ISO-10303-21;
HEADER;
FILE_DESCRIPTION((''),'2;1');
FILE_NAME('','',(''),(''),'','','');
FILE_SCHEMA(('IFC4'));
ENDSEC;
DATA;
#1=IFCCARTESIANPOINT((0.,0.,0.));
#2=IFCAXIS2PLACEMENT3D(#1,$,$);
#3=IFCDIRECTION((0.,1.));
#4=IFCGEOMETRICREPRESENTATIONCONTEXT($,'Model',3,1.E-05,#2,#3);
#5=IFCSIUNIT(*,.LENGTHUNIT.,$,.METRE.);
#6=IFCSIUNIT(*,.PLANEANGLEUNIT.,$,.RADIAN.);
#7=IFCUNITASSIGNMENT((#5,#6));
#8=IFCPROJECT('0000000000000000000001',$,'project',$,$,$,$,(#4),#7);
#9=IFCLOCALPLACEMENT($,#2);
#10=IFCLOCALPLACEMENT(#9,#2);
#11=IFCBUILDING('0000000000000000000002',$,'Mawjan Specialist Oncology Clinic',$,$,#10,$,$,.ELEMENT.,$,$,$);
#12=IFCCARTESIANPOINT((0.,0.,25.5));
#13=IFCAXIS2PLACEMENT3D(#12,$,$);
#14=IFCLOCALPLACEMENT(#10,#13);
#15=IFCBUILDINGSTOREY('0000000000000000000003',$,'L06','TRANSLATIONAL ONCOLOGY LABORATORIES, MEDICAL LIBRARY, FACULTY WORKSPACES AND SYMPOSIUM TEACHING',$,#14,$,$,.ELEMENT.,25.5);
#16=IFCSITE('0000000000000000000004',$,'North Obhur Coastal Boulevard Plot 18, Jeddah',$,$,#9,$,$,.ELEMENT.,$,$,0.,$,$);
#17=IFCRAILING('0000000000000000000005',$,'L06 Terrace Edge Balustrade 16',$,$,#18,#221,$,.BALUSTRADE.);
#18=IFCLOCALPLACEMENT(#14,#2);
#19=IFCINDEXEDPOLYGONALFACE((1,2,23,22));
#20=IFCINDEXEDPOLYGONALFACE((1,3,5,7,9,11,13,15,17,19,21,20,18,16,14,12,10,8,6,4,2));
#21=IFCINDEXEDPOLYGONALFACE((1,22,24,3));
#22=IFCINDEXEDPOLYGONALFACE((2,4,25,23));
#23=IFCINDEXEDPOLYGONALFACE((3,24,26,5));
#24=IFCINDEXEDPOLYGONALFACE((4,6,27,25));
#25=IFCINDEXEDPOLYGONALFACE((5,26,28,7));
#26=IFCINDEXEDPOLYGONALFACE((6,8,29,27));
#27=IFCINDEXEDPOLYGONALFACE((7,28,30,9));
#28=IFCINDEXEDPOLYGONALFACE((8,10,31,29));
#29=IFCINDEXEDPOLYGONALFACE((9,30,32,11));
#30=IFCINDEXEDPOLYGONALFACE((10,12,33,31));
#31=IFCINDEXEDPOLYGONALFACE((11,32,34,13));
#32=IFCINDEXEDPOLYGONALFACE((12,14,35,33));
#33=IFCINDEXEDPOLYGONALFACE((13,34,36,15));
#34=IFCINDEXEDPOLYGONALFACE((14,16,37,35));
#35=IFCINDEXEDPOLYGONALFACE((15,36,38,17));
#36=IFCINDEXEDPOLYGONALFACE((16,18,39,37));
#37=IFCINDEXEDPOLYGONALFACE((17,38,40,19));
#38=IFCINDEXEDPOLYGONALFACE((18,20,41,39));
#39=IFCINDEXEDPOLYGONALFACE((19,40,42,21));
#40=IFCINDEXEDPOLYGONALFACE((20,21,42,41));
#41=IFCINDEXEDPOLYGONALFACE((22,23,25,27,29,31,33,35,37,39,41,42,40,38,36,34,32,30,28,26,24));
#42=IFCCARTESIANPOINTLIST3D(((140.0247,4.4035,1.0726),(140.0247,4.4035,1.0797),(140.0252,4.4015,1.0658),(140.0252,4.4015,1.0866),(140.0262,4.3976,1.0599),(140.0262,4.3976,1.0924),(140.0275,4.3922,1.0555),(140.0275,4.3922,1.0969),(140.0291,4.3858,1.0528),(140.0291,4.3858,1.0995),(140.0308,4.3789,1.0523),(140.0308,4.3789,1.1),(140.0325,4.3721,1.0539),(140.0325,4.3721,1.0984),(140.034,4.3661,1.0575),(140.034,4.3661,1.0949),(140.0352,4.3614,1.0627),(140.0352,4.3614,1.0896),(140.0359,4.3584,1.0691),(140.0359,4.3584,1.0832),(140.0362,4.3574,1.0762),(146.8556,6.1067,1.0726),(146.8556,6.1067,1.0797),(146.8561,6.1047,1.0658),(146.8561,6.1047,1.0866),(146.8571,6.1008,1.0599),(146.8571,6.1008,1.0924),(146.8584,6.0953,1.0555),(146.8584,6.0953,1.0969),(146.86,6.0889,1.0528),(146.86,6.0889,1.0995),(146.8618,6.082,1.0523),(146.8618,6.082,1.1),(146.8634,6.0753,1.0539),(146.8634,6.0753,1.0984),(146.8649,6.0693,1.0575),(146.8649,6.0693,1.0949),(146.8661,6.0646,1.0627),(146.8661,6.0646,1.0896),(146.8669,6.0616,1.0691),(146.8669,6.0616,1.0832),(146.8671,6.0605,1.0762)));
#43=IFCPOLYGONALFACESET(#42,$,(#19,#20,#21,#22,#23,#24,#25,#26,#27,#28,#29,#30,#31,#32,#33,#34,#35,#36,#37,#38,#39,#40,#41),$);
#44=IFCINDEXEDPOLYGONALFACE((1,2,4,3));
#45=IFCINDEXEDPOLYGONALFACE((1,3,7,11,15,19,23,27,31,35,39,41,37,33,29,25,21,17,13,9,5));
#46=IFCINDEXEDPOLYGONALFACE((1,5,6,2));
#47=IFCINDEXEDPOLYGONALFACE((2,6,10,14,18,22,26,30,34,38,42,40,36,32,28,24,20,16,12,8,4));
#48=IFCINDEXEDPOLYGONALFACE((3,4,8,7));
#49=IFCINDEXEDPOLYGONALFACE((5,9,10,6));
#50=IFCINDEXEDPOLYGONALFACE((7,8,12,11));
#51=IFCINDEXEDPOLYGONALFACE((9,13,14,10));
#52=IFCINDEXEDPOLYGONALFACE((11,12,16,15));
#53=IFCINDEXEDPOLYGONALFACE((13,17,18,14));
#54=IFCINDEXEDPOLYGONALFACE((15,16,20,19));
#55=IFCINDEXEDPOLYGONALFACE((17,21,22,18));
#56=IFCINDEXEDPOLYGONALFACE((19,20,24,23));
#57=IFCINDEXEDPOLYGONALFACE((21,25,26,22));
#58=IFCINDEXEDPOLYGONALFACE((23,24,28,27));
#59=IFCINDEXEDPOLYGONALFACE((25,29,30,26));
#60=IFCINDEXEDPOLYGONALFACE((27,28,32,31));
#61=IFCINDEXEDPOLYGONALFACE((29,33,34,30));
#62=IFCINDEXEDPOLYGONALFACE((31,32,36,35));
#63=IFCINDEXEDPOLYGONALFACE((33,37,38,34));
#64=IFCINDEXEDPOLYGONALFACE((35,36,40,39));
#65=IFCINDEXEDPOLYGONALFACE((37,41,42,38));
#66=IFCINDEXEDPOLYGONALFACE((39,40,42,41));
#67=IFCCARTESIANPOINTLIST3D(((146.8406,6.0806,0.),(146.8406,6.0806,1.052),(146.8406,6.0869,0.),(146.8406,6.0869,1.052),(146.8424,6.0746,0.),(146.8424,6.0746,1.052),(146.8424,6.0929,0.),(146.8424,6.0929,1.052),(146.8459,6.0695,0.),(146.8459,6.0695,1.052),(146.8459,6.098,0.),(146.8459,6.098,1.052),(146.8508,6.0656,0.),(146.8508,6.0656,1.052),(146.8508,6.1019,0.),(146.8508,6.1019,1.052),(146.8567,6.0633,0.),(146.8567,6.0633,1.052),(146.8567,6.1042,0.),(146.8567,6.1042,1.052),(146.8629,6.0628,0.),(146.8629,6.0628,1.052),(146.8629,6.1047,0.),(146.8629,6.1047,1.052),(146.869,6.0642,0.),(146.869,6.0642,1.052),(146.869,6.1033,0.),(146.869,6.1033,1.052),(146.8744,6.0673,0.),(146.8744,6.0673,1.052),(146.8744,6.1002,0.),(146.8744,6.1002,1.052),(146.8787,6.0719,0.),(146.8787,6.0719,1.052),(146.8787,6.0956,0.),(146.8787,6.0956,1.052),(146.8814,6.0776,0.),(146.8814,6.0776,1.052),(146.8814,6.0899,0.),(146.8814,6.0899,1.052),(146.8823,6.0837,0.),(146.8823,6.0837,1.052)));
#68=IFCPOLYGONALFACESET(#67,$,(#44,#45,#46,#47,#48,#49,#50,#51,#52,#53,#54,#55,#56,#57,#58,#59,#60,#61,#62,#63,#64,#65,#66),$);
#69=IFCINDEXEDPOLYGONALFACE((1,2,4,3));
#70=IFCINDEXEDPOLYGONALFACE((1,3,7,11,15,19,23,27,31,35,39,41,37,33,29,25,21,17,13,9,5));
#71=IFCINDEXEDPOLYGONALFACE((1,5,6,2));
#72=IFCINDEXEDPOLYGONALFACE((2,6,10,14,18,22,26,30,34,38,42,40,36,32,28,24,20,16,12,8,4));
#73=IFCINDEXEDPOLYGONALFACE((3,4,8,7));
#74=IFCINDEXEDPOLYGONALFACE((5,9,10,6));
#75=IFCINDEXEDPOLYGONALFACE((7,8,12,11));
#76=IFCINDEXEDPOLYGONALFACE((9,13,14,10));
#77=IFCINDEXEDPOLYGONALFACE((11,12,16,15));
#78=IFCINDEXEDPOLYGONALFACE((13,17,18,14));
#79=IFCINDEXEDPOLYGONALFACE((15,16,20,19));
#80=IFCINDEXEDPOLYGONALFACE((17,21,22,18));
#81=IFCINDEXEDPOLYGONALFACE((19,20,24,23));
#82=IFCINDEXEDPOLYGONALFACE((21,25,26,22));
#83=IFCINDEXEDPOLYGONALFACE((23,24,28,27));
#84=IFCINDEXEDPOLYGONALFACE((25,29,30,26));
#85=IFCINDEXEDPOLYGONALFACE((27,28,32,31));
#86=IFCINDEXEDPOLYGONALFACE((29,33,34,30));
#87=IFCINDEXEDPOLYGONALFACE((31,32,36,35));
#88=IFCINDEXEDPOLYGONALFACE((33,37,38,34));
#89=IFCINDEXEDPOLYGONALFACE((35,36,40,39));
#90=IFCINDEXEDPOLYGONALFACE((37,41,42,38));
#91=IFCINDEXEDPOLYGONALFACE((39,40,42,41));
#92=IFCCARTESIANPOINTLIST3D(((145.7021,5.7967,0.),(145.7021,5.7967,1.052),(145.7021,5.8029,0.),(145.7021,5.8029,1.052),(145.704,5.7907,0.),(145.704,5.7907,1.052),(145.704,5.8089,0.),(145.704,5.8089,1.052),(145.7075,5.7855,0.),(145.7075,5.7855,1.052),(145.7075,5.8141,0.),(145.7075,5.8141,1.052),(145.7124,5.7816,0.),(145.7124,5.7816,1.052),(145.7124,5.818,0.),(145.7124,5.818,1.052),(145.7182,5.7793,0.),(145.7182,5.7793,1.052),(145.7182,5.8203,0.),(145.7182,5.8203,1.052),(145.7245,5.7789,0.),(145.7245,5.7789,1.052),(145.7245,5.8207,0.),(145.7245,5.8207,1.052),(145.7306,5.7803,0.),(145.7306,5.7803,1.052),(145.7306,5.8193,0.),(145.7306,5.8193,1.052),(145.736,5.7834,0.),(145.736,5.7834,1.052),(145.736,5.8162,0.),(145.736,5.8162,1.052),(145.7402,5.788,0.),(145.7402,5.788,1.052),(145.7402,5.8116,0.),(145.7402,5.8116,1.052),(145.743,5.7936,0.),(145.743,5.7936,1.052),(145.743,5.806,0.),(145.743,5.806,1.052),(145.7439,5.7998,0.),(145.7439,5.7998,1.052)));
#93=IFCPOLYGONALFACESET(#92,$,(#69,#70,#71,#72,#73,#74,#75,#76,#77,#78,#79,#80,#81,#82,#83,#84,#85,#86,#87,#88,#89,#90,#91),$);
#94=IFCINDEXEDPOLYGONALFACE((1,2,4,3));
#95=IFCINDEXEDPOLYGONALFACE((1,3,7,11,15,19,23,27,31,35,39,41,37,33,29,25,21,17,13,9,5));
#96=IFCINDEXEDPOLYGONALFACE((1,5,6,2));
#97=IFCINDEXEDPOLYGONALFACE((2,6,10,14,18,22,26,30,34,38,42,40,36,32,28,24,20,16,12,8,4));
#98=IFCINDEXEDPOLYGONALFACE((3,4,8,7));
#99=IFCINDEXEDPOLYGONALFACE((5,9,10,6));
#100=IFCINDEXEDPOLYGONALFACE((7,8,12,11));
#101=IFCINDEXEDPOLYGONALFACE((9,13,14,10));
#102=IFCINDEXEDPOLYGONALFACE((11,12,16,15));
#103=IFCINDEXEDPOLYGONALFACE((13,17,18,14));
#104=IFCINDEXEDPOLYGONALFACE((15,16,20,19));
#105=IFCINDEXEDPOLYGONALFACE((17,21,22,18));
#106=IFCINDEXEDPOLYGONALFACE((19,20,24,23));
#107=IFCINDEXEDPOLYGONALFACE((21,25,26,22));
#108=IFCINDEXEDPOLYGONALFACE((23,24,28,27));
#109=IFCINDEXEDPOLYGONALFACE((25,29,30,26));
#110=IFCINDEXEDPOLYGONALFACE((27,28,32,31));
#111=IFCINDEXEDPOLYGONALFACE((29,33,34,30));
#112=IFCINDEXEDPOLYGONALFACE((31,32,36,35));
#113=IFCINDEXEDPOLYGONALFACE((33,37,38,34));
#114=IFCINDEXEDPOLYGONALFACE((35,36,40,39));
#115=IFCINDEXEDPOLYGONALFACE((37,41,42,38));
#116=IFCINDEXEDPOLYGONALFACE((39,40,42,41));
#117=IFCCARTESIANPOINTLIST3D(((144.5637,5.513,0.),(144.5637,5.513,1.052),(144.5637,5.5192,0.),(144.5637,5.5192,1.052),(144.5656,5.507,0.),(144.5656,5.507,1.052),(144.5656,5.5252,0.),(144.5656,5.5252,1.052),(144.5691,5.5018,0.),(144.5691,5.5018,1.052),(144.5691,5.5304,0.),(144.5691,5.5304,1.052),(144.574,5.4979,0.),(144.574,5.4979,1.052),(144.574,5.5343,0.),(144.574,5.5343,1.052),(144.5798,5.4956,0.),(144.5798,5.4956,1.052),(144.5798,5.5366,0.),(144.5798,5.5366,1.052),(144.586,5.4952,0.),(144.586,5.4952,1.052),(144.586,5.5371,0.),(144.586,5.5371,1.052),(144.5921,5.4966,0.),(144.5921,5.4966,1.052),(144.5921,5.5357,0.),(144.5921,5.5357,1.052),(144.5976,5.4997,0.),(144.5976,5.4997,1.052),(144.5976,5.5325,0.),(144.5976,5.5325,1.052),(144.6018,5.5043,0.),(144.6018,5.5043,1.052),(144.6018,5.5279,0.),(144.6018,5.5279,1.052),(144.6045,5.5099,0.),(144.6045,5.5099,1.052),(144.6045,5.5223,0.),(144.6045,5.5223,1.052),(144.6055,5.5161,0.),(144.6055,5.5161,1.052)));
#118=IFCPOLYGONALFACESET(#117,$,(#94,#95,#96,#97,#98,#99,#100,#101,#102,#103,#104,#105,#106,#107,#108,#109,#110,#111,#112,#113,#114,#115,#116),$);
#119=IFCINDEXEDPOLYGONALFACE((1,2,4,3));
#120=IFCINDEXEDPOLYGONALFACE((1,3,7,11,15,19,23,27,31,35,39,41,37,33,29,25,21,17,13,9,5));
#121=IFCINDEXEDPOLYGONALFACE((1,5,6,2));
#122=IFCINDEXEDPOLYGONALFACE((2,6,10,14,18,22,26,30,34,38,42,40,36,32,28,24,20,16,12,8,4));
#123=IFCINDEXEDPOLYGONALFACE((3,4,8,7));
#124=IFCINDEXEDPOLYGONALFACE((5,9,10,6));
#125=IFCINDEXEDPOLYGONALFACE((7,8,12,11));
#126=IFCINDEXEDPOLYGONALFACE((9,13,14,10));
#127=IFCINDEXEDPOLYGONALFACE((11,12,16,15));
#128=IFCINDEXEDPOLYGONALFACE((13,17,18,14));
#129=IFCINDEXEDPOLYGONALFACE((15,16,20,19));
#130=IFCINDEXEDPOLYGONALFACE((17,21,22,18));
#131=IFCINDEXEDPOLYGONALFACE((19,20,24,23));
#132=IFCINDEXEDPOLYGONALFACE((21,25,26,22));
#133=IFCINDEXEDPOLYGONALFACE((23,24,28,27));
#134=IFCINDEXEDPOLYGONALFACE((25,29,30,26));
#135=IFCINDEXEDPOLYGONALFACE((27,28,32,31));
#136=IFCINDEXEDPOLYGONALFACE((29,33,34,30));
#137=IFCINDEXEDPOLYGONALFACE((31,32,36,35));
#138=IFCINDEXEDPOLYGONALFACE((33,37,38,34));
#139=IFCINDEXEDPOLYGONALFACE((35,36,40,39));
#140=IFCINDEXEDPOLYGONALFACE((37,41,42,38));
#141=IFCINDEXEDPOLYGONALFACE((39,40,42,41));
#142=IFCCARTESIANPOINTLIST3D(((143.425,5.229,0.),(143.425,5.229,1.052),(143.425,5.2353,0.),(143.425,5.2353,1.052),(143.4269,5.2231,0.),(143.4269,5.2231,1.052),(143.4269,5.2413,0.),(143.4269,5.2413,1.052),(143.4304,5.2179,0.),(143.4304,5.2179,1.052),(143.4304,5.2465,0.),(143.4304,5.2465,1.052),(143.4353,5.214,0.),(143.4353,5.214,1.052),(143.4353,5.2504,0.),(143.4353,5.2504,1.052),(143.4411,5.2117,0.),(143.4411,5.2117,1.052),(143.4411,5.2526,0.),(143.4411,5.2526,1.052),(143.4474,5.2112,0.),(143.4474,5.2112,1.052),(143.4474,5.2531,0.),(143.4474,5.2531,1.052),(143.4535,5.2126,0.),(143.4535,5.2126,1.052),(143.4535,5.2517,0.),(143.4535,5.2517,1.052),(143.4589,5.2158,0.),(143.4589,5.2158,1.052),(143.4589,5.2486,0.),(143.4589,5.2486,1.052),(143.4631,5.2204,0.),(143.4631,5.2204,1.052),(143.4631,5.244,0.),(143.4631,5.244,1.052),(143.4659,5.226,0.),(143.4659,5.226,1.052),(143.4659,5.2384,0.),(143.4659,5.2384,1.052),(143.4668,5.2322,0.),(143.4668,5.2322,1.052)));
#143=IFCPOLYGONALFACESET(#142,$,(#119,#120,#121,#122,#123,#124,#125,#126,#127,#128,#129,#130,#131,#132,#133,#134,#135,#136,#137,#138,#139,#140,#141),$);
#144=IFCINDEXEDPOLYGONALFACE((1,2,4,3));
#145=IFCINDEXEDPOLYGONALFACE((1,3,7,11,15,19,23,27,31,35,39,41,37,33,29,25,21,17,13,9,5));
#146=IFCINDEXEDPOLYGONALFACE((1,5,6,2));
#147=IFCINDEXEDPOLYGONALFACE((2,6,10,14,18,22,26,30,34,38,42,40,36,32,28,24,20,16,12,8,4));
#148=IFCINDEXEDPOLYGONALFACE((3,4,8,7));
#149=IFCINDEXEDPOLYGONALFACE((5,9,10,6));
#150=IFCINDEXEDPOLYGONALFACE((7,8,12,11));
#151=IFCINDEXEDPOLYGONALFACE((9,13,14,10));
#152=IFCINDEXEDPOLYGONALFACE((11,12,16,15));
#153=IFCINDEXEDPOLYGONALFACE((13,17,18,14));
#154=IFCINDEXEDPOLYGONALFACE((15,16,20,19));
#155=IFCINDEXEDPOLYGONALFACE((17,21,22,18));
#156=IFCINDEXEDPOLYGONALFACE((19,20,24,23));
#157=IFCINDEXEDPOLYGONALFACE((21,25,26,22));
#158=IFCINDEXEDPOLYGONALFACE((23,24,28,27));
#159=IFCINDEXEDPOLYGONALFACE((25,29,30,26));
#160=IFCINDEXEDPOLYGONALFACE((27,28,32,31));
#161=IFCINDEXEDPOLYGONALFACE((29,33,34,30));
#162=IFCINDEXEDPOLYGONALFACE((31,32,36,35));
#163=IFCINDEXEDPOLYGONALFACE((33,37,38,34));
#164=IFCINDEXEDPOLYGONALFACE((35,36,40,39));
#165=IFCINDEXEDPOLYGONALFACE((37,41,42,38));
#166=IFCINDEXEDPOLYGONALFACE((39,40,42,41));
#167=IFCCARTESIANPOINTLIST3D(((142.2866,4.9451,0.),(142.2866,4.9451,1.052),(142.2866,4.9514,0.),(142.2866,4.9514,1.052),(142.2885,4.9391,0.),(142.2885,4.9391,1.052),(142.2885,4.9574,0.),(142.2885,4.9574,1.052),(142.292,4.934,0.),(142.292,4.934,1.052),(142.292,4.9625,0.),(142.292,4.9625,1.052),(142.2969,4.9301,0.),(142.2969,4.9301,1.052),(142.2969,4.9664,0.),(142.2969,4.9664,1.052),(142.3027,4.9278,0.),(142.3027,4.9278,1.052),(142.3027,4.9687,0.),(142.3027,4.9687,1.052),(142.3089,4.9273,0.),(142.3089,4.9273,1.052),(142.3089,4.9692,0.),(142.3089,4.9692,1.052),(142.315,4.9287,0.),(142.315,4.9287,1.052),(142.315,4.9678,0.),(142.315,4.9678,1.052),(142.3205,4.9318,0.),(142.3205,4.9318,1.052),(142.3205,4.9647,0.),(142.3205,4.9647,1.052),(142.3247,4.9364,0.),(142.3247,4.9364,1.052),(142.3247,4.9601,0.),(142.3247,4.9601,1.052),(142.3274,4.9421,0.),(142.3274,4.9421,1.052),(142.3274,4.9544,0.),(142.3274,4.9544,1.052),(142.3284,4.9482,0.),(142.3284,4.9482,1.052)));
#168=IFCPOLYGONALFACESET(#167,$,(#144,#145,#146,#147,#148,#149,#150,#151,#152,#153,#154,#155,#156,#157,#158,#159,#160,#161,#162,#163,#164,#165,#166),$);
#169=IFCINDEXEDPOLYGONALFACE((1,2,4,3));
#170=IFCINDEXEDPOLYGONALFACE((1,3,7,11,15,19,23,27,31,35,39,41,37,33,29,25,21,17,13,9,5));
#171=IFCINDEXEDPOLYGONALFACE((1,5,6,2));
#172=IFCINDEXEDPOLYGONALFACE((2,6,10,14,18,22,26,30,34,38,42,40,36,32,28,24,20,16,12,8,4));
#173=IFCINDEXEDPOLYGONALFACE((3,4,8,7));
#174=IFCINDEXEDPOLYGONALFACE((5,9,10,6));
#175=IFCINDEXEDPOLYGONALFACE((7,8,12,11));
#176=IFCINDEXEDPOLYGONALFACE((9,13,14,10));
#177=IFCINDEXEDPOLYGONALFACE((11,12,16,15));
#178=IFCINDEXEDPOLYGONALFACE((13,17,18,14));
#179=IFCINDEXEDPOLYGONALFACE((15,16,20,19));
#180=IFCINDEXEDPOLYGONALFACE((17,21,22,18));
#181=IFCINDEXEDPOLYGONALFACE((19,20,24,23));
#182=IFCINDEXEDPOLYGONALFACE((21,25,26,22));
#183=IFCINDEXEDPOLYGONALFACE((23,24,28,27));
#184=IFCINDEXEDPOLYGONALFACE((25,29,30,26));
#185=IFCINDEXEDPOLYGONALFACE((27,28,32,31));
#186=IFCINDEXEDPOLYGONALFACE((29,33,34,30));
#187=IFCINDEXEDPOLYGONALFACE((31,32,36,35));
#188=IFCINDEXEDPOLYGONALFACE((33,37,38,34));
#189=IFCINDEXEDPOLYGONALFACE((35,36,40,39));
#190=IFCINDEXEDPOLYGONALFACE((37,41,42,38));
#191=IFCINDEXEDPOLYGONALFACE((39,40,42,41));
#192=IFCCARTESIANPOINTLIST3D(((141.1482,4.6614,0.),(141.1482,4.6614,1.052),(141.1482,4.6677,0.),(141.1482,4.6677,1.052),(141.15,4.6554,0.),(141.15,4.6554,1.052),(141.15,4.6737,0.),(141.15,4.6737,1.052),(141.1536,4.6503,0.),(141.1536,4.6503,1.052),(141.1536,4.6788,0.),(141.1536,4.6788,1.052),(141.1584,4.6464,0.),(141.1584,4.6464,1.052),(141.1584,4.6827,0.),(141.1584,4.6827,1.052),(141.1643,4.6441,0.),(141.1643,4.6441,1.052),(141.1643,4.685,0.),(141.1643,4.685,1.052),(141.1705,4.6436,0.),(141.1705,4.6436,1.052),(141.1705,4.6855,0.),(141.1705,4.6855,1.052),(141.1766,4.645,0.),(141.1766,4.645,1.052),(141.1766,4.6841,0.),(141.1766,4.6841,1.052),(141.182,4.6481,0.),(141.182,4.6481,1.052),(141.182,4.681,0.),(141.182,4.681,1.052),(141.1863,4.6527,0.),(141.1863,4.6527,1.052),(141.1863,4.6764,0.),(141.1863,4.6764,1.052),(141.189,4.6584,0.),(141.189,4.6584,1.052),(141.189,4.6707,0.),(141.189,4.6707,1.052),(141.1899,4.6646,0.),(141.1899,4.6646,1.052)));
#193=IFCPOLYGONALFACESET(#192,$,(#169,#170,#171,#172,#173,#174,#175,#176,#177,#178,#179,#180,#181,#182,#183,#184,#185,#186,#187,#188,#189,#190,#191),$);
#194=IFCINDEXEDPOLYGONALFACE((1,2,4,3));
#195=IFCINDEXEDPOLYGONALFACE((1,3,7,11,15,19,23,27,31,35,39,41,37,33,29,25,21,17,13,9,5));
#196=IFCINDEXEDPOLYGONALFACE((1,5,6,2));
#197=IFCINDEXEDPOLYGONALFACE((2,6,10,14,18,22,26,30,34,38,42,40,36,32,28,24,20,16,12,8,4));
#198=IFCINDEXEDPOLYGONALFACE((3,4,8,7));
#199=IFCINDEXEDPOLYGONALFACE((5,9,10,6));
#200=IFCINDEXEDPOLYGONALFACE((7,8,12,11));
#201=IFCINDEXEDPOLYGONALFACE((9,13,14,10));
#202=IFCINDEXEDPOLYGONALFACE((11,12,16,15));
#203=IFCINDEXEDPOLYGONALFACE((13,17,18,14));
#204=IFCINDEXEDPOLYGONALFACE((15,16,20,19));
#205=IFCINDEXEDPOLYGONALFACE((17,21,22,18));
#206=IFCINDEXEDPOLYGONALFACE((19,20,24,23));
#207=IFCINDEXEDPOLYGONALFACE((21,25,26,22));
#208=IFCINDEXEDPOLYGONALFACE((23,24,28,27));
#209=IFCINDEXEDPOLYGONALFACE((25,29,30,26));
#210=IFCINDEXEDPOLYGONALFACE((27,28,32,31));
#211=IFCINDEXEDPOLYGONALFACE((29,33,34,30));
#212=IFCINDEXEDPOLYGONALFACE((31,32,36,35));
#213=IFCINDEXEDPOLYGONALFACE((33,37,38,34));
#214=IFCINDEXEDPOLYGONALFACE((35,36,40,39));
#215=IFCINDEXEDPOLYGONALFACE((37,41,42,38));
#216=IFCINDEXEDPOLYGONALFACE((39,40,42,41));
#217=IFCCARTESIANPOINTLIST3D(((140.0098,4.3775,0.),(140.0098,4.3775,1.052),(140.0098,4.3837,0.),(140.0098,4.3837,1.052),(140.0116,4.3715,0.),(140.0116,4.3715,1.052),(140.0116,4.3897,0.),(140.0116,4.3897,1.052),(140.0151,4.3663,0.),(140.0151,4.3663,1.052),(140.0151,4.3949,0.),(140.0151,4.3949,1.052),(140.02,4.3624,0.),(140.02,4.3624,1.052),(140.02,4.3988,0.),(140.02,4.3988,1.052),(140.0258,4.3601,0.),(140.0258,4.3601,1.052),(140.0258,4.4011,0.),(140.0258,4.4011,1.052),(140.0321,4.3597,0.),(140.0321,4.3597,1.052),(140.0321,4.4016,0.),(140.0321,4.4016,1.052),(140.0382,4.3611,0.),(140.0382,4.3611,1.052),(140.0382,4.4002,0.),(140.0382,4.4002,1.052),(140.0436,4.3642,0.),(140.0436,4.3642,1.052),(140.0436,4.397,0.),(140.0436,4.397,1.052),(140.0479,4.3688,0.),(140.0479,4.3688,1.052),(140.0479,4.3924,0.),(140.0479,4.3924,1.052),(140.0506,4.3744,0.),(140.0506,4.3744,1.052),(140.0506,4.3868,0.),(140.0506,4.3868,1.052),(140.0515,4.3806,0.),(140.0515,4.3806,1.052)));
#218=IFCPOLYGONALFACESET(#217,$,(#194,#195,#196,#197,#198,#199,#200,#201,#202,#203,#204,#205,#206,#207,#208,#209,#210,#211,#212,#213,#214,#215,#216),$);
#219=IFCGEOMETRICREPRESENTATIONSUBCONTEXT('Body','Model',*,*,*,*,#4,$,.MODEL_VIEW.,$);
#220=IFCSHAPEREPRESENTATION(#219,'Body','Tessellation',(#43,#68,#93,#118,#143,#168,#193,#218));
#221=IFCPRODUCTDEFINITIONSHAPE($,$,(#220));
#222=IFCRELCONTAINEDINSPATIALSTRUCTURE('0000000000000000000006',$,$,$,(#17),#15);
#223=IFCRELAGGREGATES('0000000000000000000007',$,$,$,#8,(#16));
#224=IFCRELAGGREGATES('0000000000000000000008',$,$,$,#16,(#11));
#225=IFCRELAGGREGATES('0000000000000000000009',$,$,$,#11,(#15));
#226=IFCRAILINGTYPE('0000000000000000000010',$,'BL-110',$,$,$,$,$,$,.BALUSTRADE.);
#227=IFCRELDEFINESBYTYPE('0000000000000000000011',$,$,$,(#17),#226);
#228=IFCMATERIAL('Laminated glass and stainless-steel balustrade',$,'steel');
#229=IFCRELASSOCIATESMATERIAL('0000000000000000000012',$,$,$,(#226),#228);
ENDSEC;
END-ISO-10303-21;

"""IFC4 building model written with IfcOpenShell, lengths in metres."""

from ifc_helpers import new_model, si_unit, direction, frame, origin, origin_2d, place, context, subcontext, project, spatial, circle, extrude, material, type_object, element, save


model = new_model("IFC4")

# Units and contexts
model_context = context("Model", 3, precision=1e-05, world=origin(), true_north=direction((0.0, 1.0)))
body_context = subcontext(model_context, "Body", "Model", "MODEL_VIEW")
ifc_project = project(units=[si_unit("LENGTHUNIT", "METRE"), si_unit("PLANEANGLEUNIT", "RADIAN")], contexts=[model_context])

# Site, building, storey
site_placement = place(None, origin())
site = spatial("IfcSite", under=ifc_project, at=site_placement, Name="North Obhur Coastal Boulevard Plot 18, Jeddah", CompositionType="ELEMENT", RefElevation=0.0)
building_placement = place(site_placement, origin())
building = spatial("IfcBuilding", under=site, at=building_placement, Name="Mawjan Specialist Oncology Clinic", CompositionType="ELEMENT")
storey_placement = place(building_placement, frame((0.0, 0.0, 25.5)))
storey = spatial("IfcBuildingStorey", under=building, at=storey_placement, Name="L06", Description="TRANSLATIONAL ONCOLOGY LABORATORIES, MEDICAL LIBRARY, FACULTY WORKSPACES AND SYMPOSIUM TEACHING", CompositionType="ELEMENT", Elevation=25.5)

# Railing
ifc_material_1 = material(Name="Laminated glass and stainless-steel balustrade", Category="steel")
railing_type = type_object("IfcRailingType", Name="BL-110", PredefinedType="BALUSTRADE", material=ifc_material_1)
railing_1_placement = place(storey_placement, frame((146.8613, 6.0837, 0.0)))
element("IfcRailing", 1, at=railing_1_placement, inside=storey, type_object=railing_type, Name="L06 Terrace Edge Balustrade 16", PredefinedType="BALUSTRADE", context=body_context, shape_type="SweptSolid", body=[
    extrude(circle(Radius=0.0239, at=origin_2d()), frame((0.0, 0.0, 1.0762), z_axis=(-0.970295, -0.241924, 0.0), x_axis=(0.241924, -0.970295, 0.0)), (0.0, 0.0, 1.0), 7.04),
    extrude(circle(Radius=0.021, at=origin_2d()), origin(), (0.0, 0.0, 1.0), 1.052),
    extrude(circle(Radius=0.021, at=origin_2d()), frame((-1.1384, -0.2839, 0.0)), (0.0, 0.0, 1.0), 1.052),
    extrude(circle(Radius=0.021, at=origin_2d()), frame((-2.2769, -0.5676, 0.0)), (0.0, 0.0, 1.0), 1.052),
    extrude(circle(Radius=0.021, at=origin_2d()), frame((-3.4155, -0.8516, 0.0)), (0.0, 0.0, 1.0), 1.052),
    extrude(circle(Radius=0.021, at=origin_2d()), frame((-4.554, -1.1355, 0.0)), (0.0, 0.0, 1.0), 1.052),
    extrude(circle(Radius=0.021, at=origin_2d()), frame((-5.6924, -1.4192, 0.0)), (0.0, 0.0, 1.0), 1.052),
    extrude(circle(Radius=0.021, at=origin_2d()), frame((-6.8308, -1.7031, 0.0)), (0.0, 0.0, 1.0), 1.052),
])

save(model, "model.ifc")
